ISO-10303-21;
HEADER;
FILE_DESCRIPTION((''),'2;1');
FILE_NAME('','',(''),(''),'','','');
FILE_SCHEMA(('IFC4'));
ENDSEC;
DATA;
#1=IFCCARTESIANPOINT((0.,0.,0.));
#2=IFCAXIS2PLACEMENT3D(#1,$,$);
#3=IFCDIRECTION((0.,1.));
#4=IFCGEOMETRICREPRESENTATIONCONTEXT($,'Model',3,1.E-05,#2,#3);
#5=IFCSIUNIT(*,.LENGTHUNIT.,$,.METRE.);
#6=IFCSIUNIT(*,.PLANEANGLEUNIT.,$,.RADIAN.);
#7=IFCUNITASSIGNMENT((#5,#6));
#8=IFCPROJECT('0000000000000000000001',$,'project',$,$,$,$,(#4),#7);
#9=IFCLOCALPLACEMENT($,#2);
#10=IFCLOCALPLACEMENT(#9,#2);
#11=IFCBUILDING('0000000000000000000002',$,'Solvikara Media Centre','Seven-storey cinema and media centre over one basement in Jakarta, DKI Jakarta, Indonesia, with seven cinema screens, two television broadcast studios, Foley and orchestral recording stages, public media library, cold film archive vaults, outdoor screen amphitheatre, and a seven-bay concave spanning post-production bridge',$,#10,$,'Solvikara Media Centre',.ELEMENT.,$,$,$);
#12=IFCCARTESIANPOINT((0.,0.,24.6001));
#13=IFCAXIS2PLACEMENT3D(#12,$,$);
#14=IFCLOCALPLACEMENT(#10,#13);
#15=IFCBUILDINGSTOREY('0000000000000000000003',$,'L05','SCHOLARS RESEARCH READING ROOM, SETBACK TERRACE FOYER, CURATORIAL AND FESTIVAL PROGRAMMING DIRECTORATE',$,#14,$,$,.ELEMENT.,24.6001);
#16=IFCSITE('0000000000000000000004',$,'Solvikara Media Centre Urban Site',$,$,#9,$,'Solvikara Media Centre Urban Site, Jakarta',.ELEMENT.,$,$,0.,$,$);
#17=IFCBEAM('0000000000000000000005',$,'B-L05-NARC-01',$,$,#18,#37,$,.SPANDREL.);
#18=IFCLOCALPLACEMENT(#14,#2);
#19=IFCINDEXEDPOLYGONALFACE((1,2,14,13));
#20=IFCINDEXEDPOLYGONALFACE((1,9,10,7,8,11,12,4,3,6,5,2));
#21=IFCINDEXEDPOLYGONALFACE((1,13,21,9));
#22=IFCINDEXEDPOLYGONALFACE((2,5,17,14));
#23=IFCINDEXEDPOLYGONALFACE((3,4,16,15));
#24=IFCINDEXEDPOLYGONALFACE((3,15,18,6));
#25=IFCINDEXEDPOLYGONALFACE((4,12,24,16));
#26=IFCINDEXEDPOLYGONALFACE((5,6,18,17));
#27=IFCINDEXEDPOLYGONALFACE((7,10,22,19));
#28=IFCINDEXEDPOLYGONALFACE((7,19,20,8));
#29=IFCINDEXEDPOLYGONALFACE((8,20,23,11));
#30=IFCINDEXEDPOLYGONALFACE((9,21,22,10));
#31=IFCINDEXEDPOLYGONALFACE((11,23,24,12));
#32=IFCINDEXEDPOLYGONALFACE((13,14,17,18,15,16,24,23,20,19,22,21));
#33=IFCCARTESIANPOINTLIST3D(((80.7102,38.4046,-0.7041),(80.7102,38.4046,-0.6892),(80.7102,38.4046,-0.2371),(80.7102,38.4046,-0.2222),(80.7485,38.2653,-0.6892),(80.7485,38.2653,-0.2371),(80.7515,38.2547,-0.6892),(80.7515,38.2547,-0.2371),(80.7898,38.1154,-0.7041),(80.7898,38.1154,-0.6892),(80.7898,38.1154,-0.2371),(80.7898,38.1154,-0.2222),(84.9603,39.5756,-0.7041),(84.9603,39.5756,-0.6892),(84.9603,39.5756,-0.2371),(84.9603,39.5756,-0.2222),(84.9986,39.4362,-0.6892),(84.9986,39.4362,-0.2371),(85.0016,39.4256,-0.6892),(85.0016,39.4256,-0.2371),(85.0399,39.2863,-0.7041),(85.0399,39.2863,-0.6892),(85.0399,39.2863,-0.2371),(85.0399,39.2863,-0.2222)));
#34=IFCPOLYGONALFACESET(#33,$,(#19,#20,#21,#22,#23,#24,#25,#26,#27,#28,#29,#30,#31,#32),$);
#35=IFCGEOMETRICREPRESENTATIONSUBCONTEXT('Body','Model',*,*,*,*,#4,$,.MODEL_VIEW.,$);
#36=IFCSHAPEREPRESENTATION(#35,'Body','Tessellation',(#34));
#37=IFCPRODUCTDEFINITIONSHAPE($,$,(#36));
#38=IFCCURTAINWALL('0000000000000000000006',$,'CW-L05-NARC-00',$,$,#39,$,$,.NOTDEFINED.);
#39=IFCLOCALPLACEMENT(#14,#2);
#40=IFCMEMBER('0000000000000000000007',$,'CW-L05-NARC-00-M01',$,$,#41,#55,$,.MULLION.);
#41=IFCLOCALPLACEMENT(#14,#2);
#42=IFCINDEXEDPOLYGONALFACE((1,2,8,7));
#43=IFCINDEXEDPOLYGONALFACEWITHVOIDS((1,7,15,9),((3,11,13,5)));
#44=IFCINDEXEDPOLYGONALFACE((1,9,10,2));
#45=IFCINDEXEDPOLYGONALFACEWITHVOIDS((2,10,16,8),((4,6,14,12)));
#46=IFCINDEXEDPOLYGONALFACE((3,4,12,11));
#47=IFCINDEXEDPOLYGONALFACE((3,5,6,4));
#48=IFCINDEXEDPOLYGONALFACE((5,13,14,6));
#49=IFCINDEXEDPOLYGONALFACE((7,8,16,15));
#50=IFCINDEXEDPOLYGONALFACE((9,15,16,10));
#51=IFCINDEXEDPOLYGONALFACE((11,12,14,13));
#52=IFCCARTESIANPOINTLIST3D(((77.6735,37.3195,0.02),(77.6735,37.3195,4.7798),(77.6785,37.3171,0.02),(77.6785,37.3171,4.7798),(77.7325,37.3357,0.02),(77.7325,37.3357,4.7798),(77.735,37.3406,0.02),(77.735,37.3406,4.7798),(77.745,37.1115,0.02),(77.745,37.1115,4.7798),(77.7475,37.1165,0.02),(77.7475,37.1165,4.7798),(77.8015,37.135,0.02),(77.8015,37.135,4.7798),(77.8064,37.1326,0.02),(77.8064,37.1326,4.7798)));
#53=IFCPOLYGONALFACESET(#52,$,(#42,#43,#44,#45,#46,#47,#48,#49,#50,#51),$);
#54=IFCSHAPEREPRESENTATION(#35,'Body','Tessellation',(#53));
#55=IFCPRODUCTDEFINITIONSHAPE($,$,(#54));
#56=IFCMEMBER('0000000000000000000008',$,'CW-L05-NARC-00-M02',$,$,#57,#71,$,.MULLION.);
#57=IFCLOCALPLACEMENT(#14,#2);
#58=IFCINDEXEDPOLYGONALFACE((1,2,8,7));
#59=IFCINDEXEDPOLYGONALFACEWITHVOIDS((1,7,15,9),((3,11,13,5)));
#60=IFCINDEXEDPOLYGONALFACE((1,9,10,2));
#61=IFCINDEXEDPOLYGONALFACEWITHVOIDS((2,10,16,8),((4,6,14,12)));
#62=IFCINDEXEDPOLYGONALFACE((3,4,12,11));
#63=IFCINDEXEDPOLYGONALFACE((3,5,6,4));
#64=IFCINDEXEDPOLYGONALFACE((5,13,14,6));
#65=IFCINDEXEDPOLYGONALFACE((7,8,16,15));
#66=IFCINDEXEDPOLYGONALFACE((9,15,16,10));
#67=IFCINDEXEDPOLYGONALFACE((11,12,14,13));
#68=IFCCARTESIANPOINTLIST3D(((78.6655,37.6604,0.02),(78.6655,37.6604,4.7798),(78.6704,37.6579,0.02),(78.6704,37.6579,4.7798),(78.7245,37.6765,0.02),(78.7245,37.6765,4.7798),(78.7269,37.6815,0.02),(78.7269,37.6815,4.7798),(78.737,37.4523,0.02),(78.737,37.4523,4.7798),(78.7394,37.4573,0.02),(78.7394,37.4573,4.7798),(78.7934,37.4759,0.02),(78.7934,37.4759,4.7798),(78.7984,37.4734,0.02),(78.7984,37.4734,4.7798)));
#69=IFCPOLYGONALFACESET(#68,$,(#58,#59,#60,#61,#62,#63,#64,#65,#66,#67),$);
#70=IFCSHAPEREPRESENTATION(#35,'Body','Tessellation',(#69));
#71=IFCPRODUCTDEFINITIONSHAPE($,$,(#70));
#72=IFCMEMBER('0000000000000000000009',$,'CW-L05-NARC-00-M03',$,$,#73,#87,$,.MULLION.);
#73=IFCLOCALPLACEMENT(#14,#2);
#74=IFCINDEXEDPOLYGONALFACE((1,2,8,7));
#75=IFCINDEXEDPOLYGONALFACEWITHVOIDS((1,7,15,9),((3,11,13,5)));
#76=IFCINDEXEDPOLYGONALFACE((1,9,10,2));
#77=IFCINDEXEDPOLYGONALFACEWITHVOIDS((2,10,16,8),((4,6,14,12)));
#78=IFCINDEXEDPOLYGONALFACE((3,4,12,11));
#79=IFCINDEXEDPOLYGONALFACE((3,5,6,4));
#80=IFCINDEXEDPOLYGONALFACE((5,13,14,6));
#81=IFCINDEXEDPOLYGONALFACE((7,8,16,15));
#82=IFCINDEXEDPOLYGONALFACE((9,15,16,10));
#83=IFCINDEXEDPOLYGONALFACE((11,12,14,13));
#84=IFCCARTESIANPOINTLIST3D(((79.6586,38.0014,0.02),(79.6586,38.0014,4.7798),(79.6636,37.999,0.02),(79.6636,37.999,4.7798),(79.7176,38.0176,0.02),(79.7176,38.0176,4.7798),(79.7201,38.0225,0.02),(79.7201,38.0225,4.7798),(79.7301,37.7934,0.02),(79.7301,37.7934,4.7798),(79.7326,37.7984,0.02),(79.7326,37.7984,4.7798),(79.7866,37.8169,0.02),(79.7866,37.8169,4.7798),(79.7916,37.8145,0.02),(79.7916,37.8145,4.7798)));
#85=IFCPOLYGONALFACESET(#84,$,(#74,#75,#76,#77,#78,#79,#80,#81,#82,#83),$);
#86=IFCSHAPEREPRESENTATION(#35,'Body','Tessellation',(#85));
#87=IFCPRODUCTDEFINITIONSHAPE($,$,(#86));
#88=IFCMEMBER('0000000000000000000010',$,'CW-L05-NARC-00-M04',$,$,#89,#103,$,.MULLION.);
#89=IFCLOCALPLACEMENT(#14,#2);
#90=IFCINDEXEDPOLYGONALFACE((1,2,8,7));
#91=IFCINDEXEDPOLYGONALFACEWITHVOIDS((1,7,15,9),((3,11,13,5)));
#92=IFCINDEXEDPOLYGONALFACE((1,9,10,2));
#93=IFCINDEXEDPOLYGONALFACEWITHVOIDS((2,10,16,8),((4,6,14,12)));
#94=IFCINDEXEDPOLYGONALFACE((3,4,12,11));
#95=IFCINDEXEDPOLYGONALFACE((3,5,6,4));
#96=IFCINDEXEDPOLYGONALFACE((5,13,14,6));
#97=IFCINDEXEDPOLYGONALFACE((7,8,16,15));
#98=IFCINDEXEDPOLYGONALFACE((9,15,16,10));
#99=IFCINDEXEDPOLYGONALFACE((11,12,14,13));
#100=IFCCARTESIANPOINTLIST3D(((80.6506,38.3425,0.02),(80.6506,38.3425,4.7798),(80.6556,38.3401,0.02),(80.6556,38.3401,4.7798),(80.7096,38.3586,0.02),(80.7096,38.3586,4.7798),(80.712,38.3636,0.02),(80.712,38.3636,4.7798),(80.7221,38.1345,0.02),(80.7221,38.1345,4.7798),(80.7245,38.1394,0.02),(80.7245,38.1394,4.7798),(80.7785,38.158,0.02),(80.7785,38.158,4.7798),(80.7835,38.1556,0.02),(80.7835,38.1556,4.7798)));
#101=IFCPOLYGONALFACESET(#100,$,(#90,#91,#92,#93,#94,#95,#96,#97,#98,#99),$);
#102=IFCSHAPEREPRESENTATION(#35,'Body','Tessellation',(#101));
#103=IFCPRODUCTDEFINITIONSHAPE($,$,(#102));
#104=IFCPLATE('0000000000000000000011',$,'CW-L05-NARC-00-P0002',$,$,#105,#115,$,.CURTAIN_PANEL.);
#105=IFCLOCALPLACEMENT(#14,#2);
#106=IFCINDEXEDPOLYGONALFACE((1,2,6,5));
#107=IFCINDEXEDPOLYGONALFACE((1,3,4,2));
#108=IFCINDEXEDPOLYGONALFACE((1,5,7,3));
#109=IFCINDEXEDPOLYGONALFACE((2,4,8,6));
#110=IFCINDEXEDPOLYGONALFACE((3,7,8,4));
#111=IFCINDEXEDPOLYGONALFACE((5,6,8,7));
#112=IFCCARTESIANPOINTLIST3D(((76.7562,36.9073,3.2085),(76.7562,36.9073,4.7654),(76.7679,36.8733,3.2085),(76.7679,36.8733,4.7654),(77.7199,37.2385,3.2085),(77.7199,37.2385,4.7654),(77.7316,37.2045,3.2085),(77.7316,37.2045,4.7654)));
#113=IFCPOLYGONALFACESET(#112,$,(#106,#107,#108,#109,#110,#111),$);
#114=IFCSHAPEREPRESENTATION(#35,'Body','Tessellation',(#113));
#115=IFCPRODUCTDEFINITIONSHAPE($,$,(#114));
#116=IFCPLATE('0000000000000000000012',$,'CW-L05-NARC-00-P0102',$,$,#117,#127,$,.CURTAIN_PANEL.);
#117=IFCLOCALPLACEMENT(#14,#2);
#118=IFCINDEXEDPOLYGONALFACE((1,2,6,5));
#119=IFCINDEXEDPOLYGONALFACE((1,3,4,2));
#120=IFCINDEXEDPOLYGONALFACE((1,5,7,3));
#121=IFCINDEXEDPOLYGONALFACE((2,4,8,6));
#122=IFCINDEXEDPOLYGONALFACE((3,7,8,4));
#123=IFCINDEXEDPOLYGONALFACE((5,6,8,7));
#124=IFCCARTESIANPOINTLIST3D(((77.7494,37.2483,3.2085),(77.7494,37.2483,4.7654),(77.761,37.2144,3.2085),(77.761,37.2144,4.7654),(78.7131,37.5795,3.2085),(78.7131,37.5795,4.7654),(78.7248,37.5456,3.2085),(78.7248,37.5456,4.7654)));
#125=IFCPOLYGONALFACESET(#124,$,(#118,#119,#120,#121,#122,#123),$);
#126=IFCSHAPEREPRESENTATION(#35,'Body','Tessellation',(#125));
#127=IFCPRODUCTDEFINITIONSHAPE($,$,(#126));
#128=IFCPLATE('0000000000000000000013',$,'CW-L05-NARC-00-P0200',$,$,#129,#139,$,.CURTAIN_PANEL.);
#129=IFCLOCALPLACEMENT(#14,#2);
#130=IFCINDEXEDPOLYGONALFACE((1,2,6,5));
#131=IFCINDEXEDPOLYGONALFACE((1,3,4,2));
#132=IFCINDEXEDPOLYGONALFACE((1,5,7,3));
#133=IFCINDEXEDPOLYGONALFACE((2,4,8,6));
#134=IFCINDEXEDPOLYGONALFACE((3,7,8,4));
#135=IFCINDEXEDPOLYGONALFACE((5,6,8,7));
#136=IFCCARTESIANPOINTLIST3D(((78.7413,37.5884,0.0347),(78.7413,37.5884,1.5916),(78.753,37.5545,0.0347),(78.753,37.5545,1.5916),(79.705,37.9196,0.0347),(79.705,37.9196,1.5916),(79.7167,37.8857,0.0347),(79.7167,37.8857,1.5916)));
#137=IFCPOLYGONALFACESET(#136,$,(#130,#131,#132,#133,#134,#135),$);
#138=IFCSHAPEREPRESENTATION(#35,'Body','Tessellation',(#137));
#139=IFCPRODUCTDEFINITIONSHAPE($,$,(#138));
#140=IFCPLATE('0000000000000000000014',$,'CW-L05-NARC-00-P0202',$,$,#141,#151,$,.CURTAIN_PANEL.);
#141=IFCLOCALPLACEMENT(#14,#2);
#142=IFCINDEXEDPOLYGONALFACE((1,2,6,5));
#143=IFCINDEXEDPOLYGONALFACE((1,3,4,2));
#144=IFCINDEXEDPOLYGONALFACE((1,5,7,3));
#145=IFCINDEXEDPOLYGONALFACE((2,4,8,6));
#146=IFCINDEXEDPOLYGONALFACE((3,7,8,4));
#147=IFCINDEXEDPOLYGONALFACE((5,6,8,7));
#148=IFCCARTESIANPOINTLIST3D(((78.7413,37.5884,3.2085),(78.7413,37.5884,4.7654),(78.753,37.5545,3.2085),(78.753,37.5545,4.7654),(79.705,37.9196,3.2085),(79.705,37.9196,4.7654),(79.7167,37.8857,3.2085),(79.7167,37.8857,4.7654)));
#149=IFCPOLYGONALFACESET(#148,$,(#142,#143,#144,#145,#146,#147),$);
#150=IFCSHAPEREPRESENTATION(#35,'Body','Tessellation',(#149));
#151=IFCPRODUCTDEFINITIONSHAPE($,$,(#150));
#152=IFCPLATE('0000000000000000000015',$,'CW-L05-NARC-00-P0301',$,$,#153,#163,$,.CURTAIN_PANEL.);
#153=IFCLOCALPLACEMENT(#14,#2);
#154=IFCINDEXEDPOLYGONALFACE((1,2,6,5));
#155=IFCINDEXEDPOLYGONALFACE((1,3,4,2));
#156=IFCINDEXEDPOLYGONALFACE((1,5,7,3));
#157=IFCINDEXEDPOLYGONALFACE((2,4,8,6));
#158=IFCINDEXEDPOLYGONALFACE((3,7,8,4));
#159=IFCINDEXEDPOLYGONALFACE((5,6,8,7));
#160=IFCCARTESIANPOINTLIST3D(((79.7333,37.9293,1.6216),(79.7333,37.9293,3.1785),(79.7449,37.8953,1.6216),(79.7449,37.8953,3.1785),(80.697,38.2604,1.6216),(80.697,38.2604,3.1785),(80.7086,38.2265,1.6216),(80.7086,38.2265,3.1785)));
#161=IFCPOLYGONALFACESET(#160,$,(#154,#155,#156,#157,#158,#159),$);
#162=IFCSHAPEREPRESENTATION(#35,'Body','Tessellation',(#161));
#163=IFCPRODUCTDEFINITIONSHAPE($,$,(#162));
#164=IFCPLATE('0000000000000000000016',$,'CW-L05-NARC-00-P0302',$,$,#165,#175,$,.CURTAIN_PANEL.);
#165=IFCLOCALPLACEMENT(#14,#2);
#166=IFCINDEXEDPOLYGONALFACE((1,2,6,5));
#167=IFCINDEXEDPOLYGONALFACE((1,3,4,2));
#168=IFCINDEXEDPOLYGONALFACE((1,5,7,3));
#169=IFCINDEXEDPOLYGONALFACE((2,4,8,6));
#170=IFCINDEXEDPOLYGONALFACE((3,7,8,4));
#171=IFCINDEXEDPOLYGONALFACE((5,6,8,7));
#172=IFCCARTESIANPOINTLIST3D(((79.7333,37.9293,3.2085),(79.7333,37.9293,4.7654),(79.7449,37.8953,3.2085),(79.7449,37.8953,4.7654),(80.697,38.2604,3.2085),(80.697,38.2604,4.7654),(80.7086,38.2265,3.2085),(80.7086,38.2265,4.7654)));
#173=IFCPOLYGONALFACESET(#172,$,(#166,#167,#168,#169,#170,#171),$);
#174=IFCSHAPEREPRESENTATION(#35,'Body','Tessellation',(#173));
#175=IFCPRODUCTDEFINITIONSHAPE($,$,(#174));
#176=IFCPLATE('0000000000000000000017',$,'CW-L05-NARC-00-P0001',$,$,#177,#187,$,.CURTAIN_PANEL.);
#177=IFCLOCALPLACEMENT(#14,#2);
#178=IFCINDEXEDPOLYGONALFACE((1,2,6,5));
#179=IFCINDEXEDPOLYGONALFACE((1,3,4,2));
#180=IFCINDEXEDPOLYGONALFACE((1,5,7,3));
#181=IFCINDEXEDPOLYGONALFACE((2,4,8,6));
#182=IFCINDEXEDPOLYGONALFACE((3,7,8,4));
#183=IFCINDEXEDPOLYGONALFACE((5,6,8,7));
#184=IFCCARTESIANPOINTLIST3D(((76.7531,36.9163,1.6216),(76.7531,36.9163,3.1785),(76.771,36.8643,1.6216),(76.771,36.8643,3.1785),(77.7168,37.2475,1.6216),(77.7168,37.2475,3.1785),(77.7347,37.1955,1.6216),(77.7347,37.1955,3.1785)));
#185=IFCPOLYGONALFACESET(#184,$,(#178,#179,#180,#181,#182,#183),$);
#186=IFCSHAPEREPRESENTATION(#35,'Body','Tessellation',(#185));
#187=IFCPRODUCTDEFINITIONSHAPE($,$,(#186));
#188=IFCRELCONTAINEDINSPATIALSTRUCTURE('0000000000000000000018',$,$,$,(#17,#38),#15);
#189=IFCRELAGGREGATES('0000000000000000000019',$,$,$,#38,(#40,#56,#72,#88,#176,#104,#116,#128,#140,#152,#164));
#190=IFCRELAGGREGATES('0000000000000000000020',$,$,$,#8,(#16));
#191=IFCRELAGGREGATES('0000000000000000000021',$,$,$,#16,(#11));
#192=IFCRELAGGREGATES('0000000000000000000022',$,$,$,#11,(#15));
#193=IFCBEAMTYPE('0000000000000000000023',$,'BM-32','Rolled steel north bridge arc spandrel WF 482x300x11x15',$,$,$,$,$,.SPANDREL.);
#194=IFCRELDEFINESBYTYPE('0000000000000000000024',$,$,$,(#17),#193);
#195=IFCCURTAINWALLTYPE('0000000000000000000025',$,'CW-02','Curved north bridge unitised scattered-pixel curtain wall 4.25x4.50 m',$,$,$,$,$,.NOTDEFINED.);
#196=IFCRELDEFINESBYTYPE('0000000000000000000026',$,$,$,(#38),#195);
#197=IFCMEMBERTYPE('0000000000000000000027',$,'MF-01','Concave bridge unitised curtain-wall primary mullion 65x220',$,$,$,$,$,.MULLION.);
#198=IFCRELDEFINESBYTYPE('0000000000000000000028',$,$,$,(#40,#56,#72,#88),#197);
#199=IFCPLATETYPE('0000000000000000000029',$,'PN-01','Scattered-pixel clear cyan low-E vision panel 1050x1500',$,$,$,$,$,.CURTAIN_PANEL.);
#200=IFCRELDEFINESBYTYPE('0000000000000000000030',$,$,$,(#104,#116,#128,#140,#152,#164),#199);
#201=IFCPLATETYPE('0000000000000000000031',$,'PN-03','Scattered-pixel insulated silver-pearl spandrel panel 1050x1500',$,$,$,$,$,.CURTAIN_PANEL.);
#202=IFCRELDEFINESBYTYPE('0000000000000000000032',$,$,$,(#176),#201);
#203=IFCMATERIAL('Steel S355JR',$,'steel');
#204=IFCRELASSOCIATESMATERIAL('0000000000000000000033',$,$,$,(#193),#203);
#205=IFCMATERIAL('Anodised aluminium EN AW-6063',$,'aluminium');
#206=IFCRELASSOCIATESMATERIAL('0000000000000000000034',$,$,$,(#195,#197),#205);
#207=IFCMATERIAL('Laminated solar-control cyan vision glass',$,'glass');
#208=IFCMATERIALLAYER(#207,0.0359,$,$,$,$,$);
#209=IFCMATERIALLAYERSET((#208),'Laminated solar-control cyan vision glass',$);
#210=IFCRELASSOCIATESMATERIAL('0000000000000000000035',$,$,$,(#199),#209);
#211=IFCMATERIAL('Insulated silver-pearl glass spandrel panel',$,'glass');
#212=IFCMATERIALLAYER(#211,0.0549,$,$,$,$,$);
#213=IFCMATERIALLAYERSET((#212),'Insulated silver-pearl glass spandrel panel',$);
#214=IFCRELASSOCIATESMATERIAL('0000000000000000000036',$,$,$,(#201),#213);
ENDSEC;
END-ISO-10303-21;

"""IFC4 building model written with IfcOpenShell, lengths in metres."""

from ifc_helpers import new_model, si_unit, direction, frame, origin, origin_2d, place, context, subcontext, project, spatial, rectangle, hollow_rectangle, i_section, extrude, material, layer, layer_set, material_profile, profile_set, type_object, element, aggregate, save


model = new_model("IFC4")

# Units and contexts
model_context = context("Model", 3, precision=1e-05, world=origin(), true_north=direction((0.0, 1.0)))
body_context = subcontext(model_context, "Body", "Model", "MODEL_VIEW")
ifc_project = project(units=[si_unit("LENGTHUNIT", "METRE"), si_unit("PLANEANGLEUNIT", "RADIAN")], contexts=[model_context])

# Site, building, storey
site_placement = place(None, origin())
site = spatial("IfcSite", under=ifc_project, at=site_placement, Name="Solvikara Media Centre Urban Site", LongName="Solvikara Media Centre Urban Site, Jakarta", CompositionType="ELEMENT", RefElevation=0.0)
building_placement = place(site_placement, origin())
building = spatial("IfcBuilding", under=site, at=building_placement, Name="Solvikara Media Centre", Description="Seven-storey cinema and media centre over one basement in Jakarta, DKI Jakarta, Indonesia, with seven cinema screens, two television broadcast studios, Foley and orchestral recording stages, public media library, cold film archive vaults, outdoor screen amphitheatre, and a seven-bay concave spanning post-production bridge", LongName="Solvikara Media Centre", CompositionType="ELEMENT")
storey_placement = place(building_placement, frame((0.0, 0.0, 24.6001)))
storey = spatial("IfcBuildingStorey", under=building, at=storey_placement, Name="L05", Description="SCHOLARS RESEARCH READING ROOM, SETBACK TERRACE FOYER, CURATORIAL AND FESTIVAL PROGRAMMING DIRECTORATE", CompositionType="ELEMENT", Elevation=24.6001)

# Beam
ifc_material_1 = material(Name="Steel S355JR", Category="steel")
ifc_material_profile_1 = material_profile(ifc_material_1, i_section(OverallWidth=0.3, OverallDepth=0.4819, WebThickness=0.011, FlangeThickness=0.0149, at=origin_2d()), Name="WF 482x300x11x15")
ifc_profile_set_1 = profile_set([ifc_material_profile_1], Name="Steel S355JR")
beam_type = type_object("IfcBeamType", Name="BM-32", Description="Rolled steel north bridge arc spandrel WF 482x300x11x15", PredefinedType="SPANDREL", material=ifc_profile_set_1)
beam_placement = place(storey_placement, frame((80.75, 38.26, -0.4631), z_axis=(0.964081, 0.26561, 0.0), x_axis=(-0.26561, 0.964081, 0.0)))
element("IfcBeam", 1, at=beam_placement, inside=storey, type_object=beam_type, Name="B-L05-NARC-01", PredefinedType="SPANDREL", context=body_context, shape_type="SweptSolid", body=[
    extrude(i_section(OverallWidth=0.3, OverallDepth=0.4819, WebThickness=0.011, FlangeThickness=0.0149, at=origin_2d()), origin(), (0.0, 0.0, 1.0), 4.4084),
])

# Curtain wall, members, plates
ifc_material_2 = material(Name="Anodised aluminium EN AW-6063", Category="aluminium")
curtain_wall_type = type_object("IfcCurtainWallType", Name="CW-02", Description="Curved north bridge unitised scattered-pixel curtain wall 4.25x4.50 m", PredefinedType="NOTDEFINED", material=ifc_material_2)
curtain_wall_placement = place(storey_placement, origin())
curtain_wall = element("IfcCurtainWall", 2, at=curtain_wall_placement, inside=storey, type_object=curtain_wall_type, Name="CW-L05-NARC-00", PredefinedType="NOTDEFINED")
ifc_material_profile_2 = material_profile(ifc_material_2, hollow_rectangle(XDim=0.0649, YDim=0.22, WallThickness=0.0039, at=origin_2d()), Name="ALU-M 65x220x4")
ifc_profile_set_2 = profile_set([ifc_material_profile_2], Name="Anodised aluminium EN AW-6063")
member_type = type_object("IfcMemberType", Name="MF-01", Description="Concave bridge unitised curtain-wall primary mullion 65x220", PredefinedType="MULLION", material=ifc_profile_set_2)
member_1_placement = place(storey_placement, frame((77.74, 37.2261, 0.02), z_axis=(0.0, 0.0, 1.0), x_axis=(0.945712, 0.325007, 0.0)))
member_1 = element("IfcMember", 3, at=member_1_placement, type_object=member_type, Name="CW-L05-NARC-00-M01", PredefinedType="MULLION", context=body_context, shape_type="SweptSolid", body=[
    extrude(hollow_rectangle(XDim=0.0649, YDim=0.22, WallThickness=0.0039, at=origin_2d()), origin(), (0.0, 0.0, 1.0), 4.7598),
])
member_2_placement = place(storey_placement, frame((78.7319, 37.5669, 0.02), z_axis=(0.0, 0.0, 1.0), x_axis=(0.945712, 0.325007, 0.0)))
member_2 = element("IfcMember", 4, at=member_2_placement, type_object=member_type, Name="CW-L05-NARC-00-M02", PredefinedType="MULLION", context=body_context, shape_type="SweptSolid", body=[
    extrude(hollow_rectangle(XDim=0.0649, YDim=0.22, WallThickness=0.0039, at=origin_2d()), origin(), (0.0, 0.0, 1.0), 4.7598),
])
member_3_placement = place(storey_placement, frame((79.7251, 37.908, 0.02), z_axis=(0.0, 0.0, 1.0), x_axis=(0.945712, 0.325007, 0.0)))
member_3 = element("IfcMember", 5, at=member_3_placement, type_object=member_type, Name="CW-L05-NARC-00-M03", PredefinedType="MULLION", context=body_context, shape_type="SweptSolid", body=[
    extrude(hollow_rectangle(XDim=0.0649, YDim=0.22, WallThickness=0.0039, at=origin_2d()), origin(), (0.0, 0.0, 1.0), 4.7598),
])
member_4_placement = place(storey_placement, frame((80.717, 38.249, 0.02), z_axis=(0.0, 0.0, 1.0), x_axis=(0.945712, 0.325007, 0.0)))
member_4 = element("IfcMember", 6, at=member_4_placement, type_object=member_type, Name="CW-L05-NARC-00-M04", PredefinedType="MULLION", context=body_context, shape_type="SweptSolid", body=[
    extrude(hollow_rectangle(XDim=0.0649, YDim=0.22, WallThickness=0.0039, at=origin_2d()), origin(), (0.0, 0.0, 1.0), 4.7598),
])
ifc_material_3 = material(Name="Laminated solar-control cyan vision glass", Category="glass")
ifc_layer_1 = layer(ifc_material_3, 0.0359)
ifc_layer_set_1 = layer_set([ifc_layer_1], Name="Laminated solar-control cyan vision glass")
plate_type_1 = type_object("IfcPlateType", Name="PN-01", Description="Scattered-pixel clear cyan low-E vision panel 1050x1500", PredefinedType="CURTAIN_PANEL", material=ifc_layer_set_1)
plate_1_placement = place(storey_placement, frame((77.2439, 37.0559, 3.2085), z_axis=(0.0, 0.0, 1.0), x_axis=(0.945712, 0.325007, 0.0)))
plate_1 = element("IfcPlate", 7, at=plate_1_placement, type_object=plate_type_1, Name="CW-L05-NARC-00-P0002", PredefinedType="CURTAIN_PANEL", context=body_context, shape_type="SweptSolid", body=[
    extrude(rectangle(XDim=1.019, YDim=0.0359, at=origin_2d()), origin(), (0.0, 0.0, 1.0), 1.5569),
])
plate_2_placement = place(storey_placement, frame((78.2371, 37.397, 3.2085), z_axis=(0.0, 0.0, 1.0), x_axis=(0.945712, 0.325007, 0.0)))
plate_2 = element("IfcPlate", 8, at=plate_2_placement, type_object=plate_type_1, Name="CW-L05-NARC-00-P0102", PredefinedType="CURTAIN_PANEL", context=body_context, shape_type="SweptSolid", body=[
    extrude(rectangle(XDim=1.019, YDim=0.0359, at=origin_2d()), origin(), (0.0, 0.0, 1.0), 1.5569),
])
plate_3_placement = place(storey_placement, frame((79.229, 37.7371, 0.0347), z_axis=(0.0, 0.0, 1.0), x_axis=(0.945712, 0.325007, 0.0)))
plate_3 = element("IfcPlate", 9, at=plate_3_placement, type_object=plate_type_1, Name="CW-L05-NARC-00-P0200", PredefinedType="CURTAIN_PANEL", context=body_context, shape_type="SweptSolid", body=[
    extrude(rectangle(XDim=1.019, YDim=0.0359, at=origin_2d()), origin(), (0.0, 0.0, 1.0), 1.5569),
])
plate_4_placement = place(storey_placement, frame((79.229, 37.7371, 3.2085), z_axis=(0.0, 0.0, 1.0), x_axis=(0.945712, 0.325007, 0.0)))
plate_4 = element("IfcPlate", 10, at=plate_4_placement, type_object=plate_type_1, Name="CW-L05-NARC-00-P0202", PredefinedType="CURTAIN_PANEL", context=body_context, shape_type="SweptSolid", body=[
    extrude(rectangle(XDim=1.019, YDim=0.0359, at=origin_2d()), origin(), (0.0, 0.0, 1.0), 1.5569),
])
plate_5_placement = place(storey_placement, frame((80.2209, 38.0779, 1.6216), z_axis=(0.0, 0.0, 1.0), x_axis=(0.945712, 0.325007, 0.0)))
plate_5 = element("IfcPlate", 11, at=plate_5_placement, type_object=plate_type_1, Name="CW-L05-NARC-00-P0301", PredefinedType="CURTAIN_PANEL", context=body_context, shape_type="SweptSolid", body=[
    extrude(rectangle(XDim=1.019, YDim=0.0359, at=origin_2d()), origin(), (0.0, 0.0, 1.0), 1.5569),
])
plate_6_placement = place(storey_placement, frame((80.2209, 38.0779, 3.2085), z_axis=(0.0, 0.0, 1.0), x_axis=(0.945712, 0.325007, 0.0)))
plate_6 = element("IfcPlate", 12, at=plate_6_placement, type_object=plate_type_1, Name="CW-L05-NARC-00-P0302", PredefinedType="CURTAIN_PANEL", context=body_context, shape_type="SweptSolid", body=[
    extrude(rectangle(XDim=1.019, YDim=0.0359, at=origin_2d()), origin(), (0.0, 0.0, 1.0), 1.5569),
])
ifc_material_4 = material(Name="Insulated silver-pearl glass spandrel panel", Category="glass")
ifc_layer_2 = layer(ifc_material_4, 0.0549)
ifc_layer_set_2 = layer_set([ifc_layer_2], Name="Insulated silver-pearl glass spandrel panel")
plate_type_2 = type_object("IfcPlateType", Name="PN-03", Description="Scattered-pixel insulated silver-pearl spandrel panel 1050x1500", PredefinedType="CURTAIN_PANEL", material=ifc_layer_set_2)
plate_7_placement = place(storey_placement, frame((77.2439, 37.0559, 1.6216), z_axis=(0.0, 0.0, 1.0), x_axis=(0.945712, 0.325007, 0.0)))
plate_7 = element("IfcPlate", 13, at=plate_7_placement, type_object=plate_type_2, Name="CW-L05-NARC-00-P0001", PredefinedType="CURTAIN_PANEL", context=body_context, shape_type="SweptSolid", body=[
    extrude(rectangle(XDim=1.019, YDim=0.0549, at=origin_2d()), origin(), (0.0, 0.0, 1.0), 1.5569),
])
aggregate(curtain_wall, [member_1, member_2, member_3, member_4, plate_7, plate_1, plate_2, plate_3, plate_4, plate_5, plate_6])

save(model, "model.ifc")
